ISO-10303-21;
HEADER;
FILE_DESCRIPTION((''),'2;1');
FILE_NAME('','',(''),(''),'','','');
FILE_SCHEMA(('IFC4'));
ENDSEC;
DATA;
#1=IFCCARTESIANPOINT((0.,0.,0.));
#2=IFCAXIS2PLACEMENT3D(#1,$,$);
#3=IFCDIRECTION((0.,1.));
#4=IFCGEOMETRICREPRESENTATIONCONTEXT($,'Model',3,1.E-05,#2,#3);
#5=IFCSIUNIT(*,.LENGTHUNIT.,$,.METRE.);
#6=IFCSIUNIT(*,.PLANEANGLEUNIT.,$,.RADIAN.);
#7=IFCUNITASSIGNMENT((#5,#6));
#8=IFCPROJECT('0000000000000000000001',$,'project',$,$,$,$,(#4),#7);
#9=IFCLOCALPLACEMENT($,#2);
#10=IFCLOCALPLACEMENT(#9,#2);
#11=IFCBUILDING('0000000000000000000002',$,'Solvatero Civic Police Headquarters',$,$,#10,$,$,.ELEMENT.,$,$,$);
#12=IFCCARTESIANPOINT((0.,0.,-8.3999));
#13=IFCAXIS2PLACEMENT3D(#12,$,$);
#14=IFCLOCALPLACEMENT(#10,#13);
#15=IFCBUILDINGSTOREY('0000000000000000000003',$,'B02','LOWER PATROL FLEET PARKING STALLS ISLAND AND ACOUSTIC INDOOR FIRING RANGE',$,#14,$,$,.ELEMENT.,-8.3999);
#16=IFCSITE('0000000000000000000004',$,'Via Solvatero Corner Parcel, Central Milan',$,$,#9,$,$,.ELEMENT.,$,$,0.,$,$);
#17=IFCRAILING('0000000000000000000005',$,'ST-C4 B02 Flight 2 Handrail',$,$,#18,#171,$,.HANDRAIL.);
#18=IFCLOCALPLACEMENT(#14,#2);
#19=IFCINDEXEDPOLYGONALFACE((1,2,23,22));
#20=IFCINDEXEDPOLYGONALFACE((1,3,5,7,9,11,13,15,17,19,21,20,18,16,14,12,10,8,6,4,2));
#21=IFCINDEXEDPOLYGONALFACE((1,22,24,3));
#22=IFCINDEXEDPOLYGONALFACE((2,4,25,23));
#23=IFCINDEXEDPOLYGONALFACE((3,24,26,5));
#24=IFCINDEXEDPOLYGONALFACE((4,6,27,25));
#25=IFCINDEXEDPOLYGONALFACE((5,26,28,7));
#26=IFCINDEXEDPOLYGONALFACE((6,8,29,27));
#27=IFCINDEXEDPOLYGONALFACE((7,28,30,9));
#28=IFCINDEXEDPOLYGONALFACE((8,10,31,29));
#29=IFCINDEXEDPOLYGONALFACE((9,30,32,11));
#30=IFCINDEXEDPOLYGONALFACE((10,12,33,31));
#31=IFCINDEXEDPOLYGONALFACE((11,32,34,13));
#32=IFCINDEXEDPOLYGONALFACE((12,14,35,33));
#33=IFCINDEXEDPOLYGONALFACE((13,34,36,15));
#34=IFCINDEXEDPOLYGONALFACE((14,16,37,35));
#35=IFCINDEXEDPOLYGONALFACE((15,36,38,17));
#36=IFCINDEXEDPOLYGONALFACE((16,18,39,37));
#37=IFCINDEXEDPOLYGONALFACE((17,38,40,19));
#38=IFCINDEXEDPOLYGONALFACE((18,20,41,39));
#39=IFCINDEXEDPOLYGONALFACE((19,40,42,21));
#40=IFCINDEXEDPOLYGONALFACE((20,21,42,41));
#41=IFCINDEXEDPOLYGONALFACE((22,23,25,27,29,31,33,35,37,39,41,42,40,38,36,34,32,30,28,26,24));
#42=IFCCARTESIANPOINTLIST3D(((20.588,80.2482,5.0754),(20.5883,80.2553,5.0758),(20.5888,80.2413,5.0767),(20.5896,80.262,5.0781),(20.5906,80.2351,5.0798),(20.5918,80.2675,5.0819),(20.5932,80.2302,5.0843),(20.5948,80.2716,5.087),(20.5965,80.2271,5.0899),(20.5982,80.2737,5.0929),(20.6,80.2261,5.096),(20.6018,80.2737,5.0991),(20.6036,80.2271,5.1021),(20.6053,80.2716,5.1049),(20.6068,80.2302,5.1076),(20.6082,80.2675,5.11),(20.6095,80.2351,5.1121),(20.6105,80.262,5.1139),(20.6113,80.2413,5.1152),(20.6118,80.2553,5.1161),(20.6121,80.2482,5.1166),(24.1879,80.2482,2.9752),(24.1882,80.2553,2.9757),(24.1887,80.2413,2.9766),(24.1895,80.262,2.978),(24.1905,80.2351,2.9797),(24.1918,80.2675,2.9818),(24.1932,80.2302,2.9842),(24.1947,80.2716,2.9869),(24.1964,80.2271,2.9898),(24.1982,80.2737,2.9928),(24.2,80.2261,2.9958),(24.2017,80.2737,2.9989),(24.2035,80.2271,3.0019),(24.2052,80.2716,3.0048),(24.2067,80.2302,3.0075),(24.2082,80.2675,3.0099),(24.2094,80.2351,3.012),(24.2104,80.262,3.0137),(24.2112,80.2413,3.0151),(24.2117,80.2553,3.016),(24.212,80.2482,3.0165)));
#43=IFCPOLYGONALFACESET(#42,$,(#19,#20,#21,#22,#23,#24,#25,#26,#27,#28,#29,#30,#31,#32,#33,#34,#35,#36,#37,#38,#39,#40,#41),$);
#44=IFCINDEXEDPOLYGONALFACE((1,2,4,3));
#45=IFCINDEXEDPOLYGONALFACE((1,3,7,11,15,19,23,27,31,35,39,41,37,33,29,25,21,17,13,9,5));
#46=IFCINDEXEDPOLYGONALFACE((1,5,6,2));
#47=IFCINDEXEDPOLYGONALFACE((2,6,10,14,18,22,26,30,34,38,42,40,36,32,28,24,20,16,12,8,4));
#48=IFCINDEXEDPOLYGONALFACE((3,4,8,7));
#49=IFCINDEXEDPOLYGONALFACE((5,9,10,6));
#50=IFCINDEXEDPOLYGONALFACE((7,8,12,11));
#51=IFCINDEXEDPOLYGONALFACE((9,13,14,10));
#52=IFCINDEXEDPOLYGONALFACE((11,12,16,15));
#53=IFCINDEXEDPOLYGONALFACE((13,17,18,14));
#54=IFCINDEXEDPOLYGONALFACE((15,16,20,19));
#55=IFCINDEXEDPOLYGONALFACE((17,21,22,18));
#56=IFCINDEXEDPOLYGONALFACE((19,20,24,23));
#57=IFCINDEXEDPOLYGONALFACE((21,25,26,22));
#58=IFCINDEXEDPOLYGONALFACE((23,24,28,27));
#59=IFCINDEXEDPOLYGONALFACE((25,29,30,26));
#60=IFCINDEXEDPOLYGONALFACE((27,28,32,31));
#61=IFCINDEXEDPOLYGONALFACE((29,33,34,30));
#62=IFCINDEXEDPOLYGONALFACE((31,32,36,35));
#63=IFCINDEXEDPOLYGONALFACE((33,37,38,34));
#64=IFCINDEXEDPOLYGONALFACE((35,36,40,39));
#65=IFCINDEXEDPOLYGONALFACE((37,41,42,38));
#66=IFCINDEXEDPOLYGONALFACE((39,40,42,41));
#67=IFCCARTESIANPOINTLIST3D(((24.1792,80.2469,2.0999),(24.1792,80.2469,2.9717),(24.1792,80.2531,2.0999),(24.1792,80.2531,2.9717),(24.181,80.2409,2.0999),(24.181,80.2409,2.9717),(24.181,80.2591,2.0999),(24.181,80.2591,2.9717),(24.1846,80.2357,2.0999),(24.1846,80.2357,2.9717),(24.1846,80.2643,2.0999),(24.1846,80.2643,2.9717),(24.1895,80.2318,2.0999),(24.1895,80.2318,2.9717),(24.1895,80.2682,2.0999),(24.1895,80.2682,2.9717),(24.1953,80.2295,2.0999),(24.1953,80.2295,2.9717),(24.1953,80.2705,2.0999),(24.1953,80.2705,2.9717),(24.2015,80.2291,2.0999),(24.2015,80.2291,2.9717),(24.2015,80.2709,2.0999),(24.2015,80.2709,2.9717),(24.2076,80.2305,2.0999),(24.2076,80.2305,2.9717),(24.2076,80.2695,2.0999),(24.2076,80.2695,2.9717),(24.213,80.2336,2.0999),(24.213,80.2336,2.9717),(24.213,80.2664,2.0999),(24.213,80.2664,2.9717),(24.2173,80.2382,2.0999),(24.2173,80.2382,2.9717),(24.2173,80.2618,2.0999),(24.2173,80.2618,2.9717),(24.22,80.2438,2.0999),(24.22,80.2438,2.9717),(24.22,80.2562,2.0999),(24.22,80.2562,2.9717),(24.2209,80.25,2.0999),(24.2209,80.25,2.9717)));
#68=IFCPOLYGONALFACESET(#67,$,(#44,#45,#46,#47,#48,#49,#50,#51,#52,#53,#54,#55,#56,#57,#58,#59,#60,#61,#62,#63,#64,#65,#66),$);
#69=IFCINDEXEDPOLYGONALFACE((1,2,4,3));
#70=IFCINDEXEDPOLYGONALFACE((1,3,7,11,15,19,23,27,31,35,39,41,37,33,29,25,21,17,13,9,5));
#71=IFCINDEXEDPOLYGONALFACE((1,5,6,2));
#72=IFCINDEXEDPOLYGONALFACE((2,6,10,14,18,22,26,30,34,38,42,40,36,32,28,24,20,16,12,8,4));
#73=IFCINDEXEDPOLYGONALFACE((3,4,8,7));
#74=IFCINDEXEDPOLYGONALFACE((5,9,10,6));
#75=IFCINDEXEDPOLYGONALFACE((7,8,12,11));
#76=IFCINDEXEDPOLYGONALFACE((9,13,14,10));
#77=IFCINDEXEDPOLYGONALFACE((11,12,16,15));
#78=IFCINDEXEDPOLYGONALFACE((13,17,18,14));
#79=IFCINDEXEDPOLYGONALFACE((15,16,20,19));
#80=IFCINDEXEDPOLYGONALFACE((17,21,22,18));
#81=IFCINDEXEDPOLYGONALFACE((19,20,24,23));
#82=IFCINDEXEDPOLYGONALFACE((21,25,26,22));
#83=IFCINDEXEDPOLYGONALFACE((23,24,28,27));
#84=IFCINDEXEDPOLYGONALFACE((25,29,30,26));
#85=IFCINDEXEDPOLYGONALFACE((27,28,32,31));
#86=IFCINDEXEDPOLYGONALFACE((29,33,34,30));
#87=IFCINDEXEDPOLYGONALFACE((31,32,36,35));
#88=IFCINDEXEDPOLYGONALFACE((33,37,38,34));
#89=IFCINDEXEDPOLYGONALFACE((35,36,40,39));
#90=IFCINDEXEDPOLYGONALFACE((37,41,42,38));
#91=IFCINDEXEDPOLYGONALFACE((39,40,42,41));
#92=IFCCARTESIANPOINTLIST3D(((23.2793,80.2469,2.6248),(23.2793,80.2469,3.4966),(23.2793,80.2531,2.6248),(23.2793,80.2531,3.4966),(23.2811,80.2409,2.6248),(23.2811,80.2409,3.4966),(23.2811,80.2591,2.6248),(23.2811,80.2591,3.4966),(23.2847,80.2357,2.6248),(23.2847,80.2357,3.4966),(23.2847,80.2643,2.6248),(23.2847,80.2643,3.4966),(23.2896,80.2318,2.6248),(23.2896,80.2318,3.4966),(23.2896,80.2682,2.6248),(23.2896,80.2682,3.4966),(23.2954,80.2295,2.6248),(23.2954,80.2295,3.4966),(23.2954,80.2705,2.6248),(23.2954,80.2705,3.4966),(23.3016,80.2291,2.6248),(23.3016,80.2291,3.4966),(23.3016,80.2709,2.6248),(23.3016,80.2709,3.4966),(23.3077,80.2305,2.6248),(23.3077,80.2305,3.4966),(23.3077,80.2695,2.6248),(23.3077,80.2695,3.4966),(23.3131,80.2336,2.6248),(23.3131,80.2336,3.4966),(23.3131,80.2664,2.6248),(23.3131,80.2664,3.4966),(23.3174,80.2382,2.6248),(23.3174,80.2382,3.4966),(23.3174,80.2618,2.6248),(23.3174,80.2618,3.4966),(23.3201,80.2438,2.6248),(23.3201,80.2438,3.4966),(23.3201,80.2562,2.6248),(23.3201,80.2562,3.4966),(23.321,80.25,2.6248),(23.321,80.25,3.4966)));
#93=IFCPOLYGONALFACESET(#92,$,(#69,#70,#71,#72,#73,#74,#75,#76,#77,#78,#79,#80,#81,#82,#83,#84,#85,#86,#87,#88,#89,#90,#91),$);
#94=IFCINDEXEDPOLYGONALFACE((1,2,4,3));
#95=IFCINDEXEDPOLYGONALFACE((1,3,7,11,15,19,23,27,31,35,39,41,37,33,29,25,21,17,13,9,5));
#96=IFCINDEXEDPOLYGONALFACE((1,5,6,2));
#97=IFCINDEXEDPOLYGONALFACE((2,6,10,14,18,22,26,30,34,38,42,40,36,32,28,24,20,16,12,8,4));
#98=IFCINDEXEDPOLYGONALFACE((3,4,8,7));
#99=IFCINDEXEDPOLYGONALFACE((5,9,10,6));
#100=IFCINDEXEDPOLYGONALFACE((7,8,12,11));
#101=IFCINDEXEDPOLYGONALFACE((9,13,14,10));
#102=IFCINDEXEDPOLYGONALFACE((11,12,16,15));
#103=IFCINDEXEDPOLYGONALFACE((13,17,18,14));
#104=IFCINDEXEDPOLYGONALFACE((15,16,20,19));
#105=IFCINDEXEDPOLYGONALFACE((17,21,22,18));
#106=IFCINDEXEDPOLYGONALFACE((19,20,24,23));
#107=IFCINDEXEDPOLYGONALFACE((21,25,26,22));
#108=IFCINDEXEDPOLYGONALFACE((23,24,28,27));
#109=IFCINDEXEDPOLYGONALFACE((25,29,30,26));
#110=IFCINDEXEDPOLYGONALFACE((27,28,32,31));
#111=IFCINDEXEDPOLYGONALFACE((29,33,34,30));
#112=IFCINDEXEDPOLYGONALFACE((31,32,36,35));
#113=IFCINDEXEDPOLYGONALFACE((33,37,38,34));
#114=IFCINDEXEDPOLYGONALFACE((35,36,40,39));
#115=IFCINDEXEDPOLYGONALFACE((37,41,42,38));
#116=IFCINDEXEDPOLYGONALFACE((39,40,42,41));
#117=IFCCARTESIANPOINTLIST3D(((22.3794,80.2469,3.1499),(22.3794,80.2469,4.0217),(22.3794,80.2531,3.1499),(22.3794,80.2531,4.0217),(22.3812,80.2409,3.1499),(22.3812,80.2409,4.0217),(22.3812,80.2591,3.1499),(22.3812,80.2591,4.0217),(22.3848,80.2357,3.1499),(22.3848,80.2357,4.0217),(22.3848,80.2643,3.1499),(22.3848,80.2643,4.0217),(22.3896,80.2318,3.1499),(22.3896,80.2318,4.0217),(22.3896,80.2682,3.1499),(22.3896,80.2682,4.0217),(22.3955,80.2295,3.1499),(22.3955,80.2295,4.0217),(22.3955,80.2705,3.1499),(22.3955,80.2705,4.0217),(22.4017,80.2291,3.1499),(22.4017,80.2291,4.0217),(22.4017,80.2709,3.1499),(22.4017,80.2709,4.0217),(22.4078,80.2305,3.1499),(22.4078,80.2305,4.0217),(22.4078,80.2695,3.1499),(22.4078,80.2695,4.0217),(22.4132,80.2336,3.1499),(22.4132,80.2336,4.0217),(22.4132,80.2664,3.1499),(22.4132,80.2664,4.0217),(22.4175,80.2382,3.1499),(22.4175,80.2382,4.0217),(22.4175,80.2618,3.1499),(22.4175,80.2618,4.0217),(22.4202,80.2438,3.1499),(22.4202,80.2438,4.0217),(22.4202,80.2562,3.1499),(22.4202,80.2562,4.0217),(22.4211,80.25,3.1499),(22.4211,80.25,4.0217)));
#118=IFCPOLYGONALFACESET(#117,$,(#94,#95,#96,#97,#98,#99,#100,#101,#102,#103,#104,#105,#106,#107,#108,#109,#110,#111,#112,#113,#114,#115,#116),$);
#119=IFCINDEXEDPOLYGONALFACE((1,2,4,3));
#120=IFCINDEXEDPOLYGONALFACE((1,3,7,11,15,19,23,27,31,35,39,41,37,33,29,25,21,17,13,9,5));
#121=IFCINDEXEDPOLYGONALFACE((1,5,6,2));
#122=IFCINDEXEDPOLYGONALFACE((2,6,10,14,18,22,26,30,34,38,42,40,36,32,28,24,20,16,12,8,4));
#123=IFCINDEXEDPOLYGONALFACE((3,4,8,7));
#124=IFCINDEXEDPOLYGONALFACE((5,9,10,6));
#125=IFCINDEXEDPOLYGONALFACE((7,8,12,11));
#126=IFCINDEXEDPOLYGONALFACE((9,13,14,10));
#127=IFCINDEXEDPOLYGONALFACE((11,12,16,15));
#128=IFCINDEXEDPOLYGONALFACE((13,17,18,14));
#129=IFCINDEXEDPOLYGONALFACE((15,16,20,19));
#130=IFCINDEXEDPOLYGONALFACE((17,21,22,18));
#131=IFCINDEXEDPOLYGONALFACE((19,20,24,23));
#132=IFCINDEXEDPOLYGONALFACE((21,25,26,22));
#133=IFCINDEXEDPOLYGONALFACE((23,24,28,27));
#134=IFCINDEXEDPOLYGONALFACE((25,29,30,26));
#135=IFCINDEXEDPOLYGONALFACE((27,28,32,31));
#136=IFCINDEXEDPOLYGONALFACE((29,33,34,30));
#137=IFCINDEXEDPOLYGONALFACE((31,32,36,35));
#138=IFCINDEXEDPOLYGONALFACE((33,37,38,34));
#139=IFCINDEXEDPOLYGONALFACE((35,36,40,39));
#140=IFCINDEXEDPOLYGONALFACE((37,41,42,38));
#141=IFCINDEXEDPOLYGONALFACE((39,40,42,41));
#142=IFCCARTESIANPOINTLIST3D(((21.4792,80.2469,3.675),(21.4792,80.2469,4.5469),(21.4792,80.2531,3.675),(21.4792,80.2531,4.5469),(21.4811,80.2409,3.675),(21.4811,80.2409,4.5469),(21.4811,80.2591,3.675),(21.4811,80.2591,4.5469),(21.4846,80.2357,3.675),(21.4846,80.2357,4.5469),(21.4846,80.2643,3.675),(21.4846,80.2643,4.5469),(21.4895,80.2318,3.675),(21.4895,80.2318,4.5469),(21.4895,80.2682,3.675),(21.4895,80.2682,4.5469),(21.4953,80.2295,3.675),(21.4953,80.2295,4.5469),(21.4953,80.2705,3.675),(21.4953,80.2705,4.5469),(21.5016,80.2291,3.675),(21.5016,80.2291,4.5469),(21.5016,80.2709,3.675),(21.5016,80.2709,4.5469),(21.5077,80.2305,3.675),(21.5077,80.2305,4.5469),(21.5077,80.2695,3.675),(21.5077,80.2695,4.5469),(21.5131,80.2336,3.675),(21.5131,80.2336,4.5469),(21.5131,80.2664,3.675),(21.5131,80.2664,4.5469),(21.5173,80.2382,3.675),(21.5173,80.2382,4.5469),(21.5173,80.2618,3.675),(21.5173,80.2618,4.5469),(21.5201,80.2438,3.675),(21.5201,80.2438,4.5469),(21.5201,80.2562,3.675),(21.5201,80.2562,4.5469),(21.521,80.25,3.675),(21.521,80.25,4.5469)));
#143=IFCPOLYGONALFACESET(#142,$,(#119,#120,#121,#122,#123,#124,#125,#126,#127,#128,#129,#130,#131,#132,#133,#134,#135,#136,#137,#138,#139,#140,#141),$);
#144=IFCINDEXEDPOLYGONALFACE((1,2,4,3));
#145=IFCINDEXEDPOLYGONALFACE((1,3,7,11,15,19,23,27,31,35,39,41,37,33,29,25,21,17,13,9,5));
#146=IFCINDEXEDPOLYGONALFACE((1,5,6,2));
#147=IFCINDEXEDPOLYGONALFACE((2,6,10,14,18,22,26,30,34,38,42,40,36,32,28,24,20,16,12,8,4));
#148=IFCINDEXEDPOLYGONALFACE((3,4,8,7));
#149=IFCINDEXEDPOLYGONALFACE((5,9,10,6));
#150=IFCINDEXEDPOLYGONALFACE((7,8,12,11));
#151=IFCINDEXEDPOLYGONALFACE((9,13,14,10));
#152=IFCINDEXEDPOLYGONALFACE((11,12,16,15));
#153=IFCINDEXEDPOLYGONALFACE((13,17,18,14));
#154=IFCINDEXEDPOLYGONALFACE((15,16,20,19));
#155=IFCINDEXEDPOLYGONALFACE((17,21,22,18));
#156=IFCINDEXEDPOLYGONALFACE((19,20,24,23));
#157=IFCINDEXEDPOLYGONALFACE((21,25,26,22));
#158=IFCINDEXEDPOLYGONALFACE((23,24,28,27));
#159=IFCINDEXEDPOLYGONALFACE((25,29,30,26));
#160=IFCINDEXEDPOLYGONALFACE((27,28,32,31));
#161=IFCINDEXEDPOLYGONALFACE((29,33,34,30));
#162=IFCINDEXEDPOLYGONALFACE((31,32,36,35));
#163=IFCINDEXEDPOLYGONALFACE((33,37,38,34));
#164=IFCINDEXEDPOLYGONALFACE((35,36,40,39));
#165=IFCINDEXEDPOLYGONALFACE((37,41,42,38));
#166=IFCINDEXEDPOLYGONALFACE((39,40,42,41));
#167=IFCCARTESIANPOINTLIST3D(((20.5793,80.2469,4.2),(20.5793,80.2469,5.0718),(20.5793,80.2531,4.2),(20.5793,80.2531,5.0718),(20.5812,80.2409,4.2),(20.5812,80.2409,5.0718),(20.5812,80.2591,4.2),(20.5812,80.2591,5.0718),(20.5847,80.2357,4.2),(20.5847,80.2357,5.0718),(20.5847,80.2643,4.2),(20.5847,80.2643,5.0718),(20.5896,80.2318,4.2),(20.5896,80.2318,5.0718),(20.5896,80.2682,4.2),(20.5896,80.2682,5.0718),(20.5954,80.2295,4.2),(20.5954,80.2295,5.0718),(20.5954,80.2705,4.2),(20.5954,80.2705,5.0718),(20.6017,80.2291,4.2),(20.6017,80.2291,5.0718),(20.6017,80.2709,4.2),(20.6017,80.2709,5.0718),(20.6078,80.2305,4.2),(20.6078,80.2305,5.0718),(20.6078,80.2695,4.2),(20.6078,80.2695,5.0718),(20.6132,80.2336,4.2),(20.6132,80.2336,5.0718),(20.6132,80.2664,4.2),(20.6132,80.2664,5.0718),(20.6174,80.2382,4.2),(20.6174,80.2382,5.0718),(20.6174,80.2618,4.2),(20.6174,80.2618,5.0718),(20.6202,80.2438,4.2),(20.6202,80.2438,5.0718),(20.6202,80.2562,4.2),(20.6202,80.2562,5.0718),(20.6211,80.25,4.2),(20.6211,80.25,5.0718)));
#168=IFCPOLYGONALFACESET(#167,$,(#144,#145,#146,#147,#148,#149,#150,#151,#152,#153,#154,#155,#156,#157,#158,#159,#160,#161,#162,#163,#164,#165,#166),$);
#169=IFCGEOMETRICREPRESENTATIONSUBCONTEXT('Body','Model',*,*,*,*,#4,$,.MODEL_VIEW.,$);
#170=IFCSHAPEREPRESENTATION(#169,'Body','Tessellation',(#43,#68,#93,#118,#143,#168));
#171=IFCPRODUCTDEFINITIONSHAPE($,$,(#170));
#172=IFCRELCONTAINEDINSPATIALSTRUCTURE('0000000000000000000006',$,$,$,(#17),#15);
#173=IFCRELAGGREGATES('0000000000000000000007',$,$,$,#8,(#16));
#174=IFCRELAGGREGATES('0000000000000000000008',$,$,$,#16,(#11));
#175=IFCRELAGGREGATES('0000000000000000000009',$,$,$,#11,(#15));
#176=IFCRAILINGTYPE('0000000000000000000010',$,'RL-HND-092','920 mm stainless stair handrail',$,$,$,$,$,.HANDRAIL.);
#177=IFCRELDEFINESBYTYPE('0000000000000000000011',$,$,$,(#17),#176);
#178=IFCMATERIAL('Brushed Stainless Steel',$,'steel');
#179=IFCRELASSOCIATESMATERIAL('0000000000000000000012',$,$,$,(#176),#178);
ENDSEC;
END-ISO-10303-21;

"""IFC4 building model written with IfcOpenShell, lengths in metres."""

from ifc_helpers import new_model, si_unit, direction, frame, origin, origin_2d, place, context, subcontext, project, spatial, circle, extrude, material, type_object, element, save


model = new_model("IFC4")

# Units and contexts
model_context = context("Model", 3, precision=1e-05, world=origin(), true_north=direction((0.0, 1.0)))
body_context = subcontext(model_context, "Body", "Model", "MODEL_VIEW")
ifc_project = project(units=[si_unit("LENGTHUNIT", "METRE"), si_unit("PLANEANGLEUNIT", "RADIAN")], contexts=[model_context])

# Site, building, storey
site_placement = place(None, origin())
site = spatial("IfcSite", under=ifc_project, at=site_placement, Name="Via Solvatero Corner Parcel, Central Milan", CompositionType="ELEMENT", RefElevation=0.0)
building_placement = place(site_placement, origin())
building = spatial("IfcBuilding", under=site, at=building_placement, Name="Solvatero Civic Police Headquarters", CompositionType="ELEMENT")
storey_placement = place(building_placement, frame((0.0, 0.0, -8.3999)))
storey = spatial("IfcBuildingStorey", under=building, at=storey_placement, Name="B02", Description="LOWER PATROL FLEET PARKING STALLS ISLAND AND ACOUSTIC INDOOR FIRING RANGE", CompositionType="ELEMENT", Elevation=-8.3999)

# Railing
ifc_material_1 = material(Name="Brushed Stainless Steel", Category="steel")
railing_type_1 = type_object("IfcRailingType", Name="RL-HND-092", Description="920 mm stainless stair handrail", PredefinedType="HANDRAIL", material=ifc_material_1)
railing_1_placement = place(storey_placement, frame((24.2, 80.25, 2.0999)))
element("IfcRailing", 1, at=railing_1_placement, inside=storey, type_object=railing_type_1, Name="ST-C4 B02 Flight 2 Handrail", PredefinedType="HANDRAIL", context=body_context, shape_type="SweptSolid", body=[
    extrude(circle(Radius=0.0239, at=origin_2d()), frame((0.0, 0.0, 0.896), z_axis=(-0.86376, 0.0, 0.503904), x_axis=(0.0, -1.0, 0.0)), (0.0, 0.0, 1.0), 4.1677),
    extrude(circle(Radius=0.021, at=origin_2d()), origin(), (0.0, 0.0, 1.0), 0.8718),
    extrude(circle(Radius=0.021, at=origin_2d()), frame((-0.8999, 0.0, 0.5249)), (0.0, 0.0, 1.0), 0.8718),
    extrude(circle(Radius=0.021, at=origin_2d()), frame((-1.7998, 0.0, 1.05)), (0.0, 0.0, 1.0), 0.8718),
    extrude(circle(Radius=0.021, at=origin_2d()), frame((-2.7, 0.0, 1.5752)), (0.0, 0.0, 1.0), 0.8718),
    extrude(circle(Radius=0.021, at=origin_2d()), frame((-3.5999, 0.0, 2.1001)), (0.0, 0.0, 1.0), 0.8718),
])

save(model, "model.ifc")
